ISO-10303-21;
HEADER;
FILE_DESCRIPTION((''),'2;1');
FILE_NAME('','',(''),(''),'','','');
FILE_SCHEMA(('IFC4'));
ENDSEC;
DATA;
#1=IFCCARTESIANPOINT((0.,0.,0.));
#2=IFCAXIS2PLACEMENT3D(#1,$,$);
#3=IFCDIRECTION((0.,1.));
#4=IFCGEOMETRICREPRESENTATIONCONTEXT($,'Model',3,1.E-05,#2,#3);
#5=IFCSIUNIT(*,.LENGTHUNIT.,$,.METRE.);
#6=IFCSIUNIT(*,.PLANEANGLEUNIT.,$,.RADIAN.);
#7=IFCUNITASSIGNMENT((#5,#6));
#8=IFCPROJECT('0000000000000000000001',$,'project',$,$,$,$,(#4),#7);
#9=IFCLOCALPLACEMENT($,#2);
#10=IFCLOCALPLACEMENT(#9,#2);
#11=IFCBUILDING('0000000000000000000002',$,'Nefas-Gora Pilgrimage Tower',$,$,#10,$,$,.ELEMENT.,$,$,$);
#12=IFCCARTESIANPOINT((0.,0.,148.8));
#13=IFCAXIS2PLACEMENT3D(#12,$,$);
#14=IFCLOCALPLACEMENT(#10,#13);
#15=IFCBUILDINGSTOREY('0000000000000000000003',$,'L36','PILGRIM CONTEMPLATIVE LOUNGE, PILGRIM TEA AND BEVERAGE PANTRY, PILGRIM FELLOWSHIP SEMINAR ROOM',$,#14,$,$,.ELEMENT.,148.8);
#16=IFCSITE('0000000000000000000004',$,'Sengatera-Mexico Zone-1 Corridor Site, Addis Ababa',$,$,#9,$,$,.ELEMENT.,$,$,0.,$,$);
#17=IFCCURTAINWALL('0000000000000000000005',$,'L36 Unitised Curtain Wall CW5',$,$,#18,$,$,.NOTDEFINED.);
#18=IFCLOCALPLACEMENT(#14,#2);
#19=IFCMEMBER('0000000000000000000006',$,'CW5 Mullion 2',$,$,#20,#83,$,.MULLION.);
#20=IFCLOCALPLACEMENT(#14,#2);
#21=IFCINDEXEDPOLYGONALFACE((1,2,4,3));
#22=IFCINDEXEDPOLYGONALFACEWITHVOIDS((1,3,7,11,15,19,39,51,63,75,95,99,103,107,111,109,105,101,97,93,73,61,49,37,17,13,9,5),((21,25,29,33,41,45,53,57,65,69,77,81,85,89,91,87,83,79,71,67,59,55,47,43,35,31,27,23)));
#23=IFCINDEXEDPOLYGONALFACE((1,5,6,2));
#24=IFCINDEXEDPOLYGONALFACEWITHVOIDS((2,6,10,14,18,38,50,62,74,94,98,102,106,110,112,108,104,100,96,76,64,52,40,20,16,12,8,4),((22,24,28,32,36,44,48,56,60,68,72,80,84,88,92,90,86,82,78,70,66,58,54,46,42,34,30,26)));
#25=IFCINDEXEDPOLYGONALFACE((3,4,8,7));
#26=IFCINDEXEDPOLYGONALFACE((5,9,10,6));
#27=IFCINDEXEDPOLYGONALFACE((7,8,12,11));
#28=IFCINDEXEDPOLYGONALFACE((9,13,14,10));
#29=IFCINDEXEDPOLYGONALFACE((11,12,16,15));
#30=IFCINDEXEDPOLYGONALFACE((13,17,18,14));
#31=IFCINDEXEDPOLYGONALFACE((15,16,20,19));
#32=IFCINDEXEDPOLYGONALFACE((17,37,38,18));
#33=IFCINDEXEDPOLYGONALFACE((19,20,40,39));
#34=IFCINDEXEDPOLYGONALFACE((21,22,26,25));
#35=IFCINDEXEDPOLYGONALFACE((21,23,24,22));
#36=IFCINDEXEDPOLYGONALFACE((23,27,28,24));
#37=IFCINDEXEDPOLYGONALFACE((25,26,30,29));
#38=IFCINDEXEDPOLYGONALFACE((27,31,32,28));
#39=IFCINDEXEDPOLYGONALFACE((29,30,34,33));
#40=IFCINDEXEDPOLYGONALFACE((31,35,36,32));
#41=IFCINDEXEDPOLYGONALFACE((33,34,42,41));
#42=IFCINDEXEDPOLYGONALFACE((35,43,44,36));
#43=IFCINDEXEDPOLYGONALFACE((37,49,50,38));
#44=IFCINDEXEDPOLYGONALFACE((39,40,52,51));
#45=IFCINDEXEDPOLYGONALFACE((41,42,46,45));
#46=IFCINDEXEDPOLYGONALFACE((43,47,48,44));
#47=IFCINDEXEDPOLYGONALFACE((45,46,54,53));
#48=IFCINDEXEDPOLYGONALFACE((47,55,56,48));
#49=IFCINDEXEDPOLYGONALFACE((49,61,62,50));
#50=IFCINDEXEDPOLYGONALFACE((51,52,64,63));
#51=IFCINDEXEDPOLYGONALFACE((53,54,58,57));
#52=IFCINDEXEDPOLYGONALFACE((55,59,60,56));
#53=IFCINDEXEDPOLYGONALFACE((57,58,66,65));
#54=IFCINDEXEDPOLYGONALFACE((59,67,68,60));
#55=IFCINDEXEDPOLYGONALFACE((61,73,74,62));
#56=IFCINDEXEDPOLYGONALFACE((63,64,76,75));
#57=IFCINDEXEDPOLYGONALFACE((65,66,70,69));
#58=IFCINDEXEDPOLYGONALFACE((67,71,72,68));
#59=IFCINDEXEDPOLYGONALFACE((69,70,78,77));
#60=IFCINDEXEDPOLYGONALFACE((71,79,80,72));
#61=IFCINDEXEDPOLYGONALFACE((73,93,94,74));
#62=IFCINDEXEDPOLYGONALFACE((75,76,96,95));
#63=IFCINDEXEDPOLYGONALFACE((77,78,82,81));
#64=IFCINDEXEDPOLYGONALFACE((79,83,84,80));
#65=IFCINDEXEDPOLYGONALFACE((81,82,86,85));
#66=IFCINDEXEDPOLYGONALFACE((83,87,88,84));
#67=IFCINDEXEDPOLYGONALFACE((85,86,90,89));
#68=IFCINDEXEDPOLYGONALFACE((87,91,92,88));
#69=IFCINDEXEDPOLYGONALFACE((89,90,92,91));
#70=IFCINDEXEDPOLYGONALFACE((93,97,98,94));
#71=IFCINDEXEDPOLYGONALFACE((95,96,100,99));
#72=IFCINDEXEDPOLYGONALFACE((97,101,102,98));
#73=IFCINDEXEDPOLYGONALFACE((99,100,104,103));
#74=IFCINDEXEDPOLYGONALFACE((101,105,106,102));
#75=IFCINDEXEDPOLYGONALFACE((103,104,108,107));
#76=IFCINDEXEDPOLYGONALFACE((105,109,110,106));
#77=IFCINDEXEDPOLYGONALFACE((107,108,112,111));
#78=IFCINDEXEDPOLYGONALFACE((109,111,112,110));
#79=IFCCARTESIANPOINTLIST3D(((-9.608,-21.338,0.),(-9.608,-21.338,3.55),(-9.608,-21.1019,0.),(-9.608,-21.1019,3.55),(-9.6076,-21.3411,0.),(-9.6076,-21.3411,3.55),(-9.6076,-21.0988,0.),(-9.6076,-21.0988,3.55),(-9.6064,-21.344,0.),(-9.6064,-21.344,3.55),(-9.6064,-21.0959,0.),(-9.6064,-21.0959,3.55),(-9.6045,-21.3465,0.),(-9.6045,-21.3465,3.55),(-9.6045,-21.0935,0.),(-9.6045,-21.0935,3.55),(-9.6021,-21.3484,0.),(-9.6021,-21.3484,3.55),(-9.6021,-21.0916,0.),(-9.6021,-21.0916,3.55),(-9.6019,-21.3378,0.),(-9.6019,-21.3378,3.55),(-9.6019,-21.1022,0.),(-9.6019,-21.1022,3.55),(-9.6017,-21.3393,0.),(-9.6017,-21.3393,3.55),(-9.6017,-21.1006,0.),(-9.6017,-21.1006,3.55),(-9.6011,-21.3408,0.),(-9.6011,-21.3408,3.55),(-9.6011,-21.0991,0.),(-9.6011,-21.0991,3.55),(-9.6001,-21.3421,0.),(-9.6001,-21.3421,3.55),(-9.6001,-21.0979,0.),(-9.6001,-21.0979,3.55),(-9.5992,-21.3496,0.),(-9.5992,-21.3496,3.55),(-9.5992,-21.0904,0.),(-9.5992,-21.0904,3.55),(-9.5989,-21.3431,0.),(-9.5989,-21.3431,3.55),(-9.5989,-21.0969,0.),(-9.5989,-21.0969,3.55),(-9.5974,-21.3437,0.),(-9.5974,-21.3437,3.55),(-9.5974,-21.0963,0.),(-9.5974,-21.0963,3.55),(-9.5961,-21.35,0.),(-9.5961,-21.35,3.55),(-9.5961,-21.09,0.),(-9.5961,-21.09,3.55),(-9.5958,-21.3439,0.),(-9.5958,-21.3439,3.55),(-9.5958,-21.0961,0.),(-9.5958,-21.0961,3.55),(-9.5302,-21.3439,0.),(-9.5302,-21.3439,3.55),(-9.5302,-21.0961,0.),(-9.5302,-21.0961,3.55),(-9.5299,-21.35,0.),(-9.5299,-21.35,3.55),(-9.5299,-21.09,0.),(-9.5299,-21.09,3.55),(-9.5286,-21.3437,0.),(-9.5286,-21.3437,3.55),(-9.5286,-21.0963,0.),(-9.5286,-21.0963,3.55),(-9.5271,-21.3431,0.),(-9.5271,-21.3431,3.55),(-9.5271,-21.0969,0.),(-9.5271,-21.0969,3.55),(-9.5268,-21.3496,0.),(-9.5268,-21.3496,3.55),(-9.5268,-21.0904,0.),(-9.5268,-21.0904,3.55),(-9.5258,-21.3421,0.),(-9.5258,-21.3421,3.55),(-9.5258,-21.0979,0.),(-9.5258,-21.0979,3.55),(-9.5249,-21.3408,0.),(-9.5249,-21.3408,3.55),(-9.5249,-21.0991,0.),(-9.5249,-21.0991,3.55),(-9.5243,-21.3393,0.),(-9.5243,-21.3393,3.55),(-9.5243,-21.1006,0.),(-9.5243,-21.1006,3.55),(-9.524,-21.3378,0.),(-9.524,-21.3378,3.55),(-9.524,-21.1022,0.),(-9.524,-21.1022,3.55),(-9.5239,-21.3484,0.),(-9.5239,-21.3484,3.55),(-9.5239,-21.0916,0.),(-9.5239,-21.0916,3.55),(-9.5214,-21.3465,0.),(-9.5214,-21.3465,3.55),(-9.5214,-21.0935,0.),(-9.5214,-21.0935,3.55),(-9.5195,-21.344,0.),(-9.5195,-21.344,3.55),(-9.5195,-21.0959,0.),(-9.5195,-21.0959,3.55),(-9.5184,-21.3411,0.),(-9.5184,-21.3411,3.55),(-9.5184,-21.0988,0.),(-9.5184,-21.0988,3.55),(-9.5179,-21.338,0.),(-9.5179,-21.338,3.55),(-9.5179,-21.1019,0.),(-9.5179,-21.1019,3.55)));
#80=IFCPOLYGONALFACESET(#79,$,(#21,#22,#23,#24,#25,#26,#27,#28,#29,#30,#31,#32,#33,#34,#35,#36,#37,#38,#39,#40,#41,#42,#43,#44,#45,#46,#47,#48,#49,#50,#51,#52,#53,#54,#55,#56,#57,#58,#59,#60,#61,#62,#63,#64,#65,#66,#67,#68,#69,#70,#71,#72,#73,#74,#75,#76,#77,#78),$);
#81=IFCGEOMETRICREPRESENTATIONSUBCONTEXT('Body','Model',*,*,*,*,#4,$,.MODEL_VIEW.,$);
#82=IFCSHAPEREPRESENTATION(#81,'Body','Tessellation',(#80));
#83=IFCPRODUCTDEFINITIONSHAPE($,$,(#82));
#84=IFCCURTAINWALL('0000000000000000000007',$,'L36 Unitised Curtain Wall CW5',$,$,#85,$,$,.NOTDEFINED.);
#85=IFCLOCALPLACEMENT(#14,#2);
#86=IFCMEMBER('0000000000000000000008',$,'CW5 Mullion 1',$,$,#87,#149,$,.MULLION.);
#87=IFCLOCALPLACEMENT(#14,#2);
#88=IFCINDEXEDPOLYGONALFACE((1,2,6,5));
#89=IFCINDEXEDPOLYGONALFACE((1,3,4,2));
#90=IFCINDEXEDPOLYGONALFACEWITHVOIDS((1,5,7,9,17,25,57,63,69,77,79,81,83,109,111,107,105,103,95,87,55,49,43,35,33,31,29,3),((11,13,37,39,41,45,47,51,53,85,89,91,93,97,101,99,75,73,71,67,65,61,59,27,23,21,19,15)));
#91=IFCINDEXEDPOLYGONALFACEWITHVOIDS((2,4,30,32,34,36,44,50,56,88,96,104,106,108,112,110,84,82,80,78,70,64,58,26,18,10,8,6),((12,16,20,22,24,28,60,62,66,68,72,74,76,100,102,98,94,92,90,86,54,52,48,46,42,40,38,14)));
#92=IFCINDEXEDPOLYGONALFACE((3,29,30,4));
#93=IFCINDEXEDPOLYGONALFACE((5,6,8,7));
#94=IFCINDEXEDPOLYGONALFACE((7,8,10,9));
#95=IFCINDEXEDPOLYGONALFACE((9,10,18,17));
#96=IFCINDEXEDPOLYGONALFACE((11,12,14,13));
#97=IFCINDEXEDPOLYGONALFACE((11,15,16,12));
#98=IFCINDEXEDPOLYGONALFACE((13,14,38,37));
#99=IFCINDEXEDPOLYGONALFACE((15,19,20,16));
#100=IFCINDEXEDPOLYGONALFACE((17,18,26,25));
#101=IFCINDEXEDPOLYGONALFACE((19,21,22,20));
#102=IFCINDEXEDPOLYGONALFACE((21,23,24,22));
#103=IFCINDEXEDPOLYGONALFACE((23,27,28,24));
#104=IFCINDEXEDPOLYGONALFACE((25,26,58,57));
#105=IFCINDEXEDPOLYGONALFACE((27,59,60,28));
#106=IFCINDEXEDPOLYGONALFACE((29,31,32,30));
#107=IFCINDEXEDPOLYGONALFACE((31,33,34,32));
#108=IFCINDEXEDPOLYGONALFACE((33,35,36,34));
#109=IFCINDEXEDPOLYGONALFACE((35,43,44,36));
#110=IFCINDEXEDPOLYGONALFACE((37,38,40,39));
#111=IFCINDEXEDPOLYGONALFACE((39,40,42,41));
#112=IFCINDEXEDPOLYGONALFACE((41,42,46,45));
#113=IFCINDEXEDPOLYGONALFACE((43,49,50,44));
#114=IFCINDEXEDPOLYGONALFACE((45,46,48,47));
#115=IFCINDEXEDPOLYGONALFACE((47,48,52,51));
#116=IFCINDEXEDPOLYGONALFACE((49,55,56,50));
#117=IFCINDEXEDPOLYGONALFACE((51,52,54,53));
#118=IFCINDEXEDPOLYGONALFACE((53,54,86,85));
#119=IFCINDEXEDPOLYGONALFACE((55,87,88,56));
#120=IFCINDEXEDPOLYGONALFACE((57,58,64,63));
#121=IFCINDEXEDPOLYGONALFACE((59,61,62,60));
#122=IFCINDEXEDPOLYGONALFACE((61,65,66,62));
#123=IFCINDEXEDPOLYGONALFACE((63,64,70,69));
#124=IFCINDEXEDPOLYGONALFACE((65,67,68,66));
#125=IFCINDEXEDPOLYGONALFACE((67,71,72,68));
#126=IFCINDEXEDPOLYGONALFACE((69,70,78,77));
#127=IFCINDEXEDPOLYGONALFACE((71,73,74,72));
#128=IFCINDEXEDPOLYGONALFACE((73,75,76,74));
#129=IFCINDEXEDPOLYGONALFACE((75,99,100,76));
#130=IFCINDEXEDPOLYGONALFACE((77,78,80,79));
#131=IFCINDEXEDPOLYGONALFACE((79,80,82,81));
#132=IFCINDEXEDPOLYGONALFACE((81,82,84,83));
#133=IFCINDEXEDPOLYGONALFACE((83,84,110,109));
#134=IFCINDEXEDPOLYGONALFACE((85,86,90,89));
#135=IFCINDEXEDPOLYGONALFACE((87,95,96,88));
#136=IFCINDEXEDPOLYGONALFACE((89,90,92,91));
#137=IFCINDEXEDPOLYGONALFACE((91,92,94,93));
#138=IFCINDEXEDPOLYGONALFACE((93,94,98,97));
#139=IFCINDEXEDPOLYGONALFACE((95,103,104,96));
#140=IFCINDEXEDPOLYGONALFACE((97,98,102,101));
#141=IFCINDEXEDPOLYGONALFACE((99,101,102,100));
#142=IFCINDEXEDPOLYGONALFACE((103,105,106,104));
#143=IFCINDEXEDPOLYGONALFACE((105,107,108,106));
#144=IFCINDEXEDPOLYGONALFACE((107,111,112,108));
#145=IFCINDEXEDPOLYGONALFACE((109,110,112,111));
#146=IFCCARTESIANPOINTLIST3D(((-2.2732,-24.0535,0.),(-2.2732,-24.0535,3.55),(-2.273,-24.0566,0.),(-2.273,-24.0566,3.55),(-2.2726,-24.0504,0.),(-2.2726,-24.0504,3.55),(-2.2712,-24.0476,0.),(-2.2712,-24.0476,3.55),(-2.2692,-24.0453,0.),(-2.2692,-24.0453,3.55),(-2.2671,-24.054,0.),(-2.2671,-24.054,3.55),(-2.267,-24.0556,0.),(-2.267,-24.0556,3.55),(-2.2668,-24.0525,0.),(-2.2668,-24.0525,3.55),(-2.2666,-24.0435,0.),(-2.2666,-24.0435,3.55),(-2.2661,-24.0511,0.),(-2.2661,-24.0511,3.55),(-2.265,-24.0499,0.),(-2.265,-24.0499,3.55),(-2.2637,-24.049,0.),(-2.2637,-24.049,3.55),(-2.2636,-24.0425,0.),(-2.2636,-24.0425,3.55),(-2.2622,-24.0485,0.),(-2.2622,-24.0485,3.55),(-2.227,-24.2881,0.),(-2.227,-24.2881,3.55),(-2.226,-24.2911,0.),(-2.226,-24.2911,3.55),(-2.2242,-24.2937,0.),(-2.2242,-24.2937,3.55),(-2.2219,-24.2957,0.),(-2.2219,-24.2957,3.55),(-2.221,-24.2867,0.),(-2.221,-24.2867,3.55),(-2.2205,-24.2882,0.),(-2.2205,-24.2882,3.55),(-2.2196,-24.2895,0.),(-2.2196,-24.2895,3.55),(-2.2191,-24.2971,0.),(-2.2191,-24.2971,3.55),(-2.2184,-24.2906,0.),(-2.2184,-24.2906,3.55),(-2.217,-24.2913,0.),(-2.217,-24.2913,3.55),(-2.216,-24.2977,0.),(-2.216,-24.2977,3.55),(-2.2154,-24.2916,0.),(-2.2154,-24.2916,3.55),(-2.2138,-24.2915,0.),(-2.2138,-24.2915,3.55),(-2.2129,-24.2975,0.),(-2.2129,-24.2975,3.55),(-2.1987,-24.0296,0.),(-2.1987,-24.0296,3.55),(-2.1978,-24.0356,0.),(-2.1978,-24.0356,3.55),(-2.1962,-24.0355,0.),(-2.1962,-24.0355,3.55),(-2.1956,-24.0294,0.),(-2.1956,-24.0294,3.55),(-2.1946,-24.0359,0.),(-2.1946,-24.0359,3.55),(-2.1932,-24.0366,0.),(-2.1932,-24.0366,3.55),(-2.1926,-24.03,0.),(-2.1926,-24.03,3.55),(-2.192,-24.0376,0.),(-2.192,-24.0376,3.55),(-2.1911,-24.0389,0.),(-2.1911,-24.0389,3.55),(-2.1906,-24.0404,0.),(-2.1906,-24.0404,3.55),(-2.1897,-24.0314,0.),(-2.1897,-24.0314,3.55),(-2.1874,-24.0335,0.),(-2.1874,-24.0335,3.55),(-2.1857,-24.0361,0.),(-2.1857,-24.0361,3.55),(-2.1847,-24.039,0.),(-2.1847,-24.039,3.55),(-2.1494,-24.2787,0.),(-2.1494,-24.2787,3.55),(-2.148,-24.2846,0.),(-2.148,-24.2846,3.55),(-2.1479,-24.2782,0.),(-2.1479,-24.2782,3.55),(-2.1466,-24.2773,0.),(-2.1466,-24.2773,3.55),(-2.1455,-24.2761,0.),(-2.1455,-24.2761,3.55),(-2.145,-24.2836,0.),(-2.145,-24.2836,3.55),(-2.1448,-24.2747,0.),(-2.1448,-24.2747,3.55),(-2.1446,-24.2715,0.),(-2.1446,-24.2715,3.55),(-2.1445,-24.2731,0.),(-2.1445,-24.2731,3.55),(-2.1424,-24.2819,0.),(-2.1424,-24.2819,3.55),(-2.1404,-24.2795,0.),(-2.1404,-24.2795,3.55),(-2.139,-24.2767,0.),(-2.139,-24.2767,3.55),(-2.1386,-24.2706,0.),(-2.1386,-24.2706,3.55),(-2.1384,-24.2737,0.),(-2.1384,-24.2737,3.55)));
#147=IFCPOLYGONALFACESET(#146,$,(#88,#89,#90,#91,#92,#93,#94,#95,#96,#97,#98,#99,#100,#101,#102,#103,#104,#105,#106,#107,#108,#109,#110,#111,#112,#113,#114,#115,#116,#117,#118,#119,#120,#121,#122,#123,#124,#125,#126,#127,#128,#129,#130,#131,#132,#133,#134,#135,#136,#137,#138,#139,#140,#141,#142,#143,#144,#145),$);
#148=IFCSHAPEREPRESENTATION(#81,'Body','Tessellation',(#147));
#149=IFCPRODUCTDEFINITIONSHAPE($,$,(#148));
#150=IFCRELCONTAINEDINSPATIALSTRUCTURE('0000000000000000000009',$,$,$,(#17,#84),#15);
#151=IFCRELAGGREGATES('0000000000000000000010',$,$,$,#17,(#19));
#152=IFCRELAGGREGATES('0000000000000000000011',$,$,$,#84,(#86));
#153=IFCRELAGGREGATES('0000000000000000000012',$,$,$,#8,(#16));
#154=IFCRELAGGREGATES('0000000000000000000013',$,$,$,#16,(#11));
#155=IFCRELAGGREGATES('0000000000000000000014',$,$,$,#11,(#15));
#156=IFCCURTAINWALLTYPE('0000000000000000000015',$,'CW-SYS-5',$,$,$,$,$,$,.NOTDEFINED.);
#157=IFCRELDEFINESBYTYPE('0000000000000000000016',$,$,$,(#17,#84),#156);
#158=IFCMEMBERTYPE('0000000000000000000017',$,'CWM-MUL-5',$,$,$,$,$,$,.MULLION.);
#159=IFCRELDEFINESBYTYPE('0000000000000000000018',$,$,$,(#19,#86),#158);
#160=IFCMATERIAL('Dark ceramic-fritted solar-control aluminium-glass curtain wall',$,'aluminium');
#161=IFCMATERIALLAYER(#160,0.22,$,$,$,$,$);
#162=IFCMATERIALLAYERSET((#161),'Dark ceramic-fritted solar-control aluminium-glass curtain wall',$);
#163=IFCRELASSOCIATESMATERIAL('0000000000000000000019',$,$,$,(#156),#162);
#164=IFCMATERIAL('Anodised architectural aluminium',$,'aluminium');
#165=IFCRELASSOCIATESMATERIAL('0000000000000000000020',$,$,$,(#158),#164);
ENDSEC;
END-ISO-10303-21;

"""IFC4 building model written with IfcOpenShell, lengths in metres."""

from ifc_helpers import new_model, si_unit, direction, frame, origin, origin_2d, place, context, subcontext, project, spatial, hollow_rectangle, extrude, source, transform, mapped, material, layer, layer_set, material_profile, profile_set, type_object, element, aggregate, save


model = new_model("IFC4")

# Units and contexts
model_context = context("Model", 3, precision=1e-05, world=origin(), true_north=direction((0.0, 1.0)))
body_context = subcontext(model_context, "Body", "Model", "MODEL_VIEW")
ifc_project = project(units=[si_unit("LENGTHUNIT", "METRE"), si_unit("PLANEANGLEUNIT", "RADIAN")], contexts=[model_context])

# Site, building, storey
site_placement = place(None, origin())
site = spatial("IfcSite", under=ifc_project, at=site_placement, Name="Sengatera-Mexico Zone-1 Corridor Site, Addis Ababa", CompositionType="ELEMENT", RefElevation=0.0)
building_placement = place(site_placement, origin())
building = spatial("IfcBuilding", under=site, at=building_placement, Name="Nefas-Gora Pilgrimage Tower", CompositionType="ELEMENT")
storey_placement = place(building_placement, frame((0.0, 0.0, 148.8)))
storey = spatial("IfcBuildingStorey", under=building, at=storey_placement, Name="L36", Description="PILGRIM CONTEMPLATIVE LOUNGE, PILGRIM TEA AND BEVERAGE PANTRY, PILGRIM FELLOWSHIP SEMINAR ROOM", CompositionType="ELEMENT", Elevation=148.8)

# Curtain wall, member
ifc_material_1 = material(Name="Dark ceramic-fritted solar-control aluminium-glass curtain wall", Category="aluminium")
ifc_layer_1 = layer(ifc_material_1, 0.22)
ifc_layer_set_1 = layer_set([ifc_layer_1], Name="Dark ceramic-fritted solar-control aluminium-glass curtain wall")
curtain_wall_type = type_object("IfcCurtainWallType", Name="CW-SYS-5", PredefinedType="NOTDEFINED", material=ifc_layer_set_1)
curtain_wall_1_placement = place(storey_placement, origin())
curtain_wall_1 = element("IfcCurtainWall", 1, at=curtain_wall_1_placement, inside=storey, type_object=curtain_wall_type, Name="L36 Unitised Curtain Wall CW5", PredefinedType="NOTDEFINED")
ifc_material_2 = material(Name="Anodised architectural aluminium", Category="aluminium")
ifc_material_profile_1 = material_profile(ifc_material_2, hollow_rectangle(XDim=0.0901, YDim=0.26, WallThickness=0.0061, InnerFilletRadius=0.0061, OuterFilletRadius=0.012, at=origin_2d()), Name="ALU MULLION 90x260")
ifc_profile_set_1 = profile_set([ifc_material_profile_1], Name="Anodised architectural aluminium")
member_type_1 = type_object("IfcMemberType", Name="CWM-MUL-5", PredefinedType="MULLION", material=ifc_profile_set_1)
shared_shape_1 = source(origin(), body_context, "Body", "SweptSolid", [
    extrude(hollow_rectangle(XDim=0.0901, YDim=0.26, WallThickness=0.0061, InnerFilletRadius=0.0061, OuterFilletRadius=0.012, at=origin_2d()), origin(), (0.0, 0.0, 1.0), 3.55),
])
member_1_placement = place(storey_placement, frame((-9.563, -21.22, 0.0), z_axis=(0.0, 0.0, 1.0), x_axis=(1.0, 0.0, 0.0)))
member_1 = element("IfcMember", 2, at=member_1_placement, type_object=member_type_1, Name="CW5 Mullion 2", PredefinedType="MULLION", context=body_context, shape_type="MappedRepresentation", body=[
    mapped(shared_shape_1, transform((0.0, 0.0, 0.0), x_axis=(1.0, 0.0, 0.0), y_axis=(0.0, 1.0, 0.0), z_axis=(0.0, 0.0, 1.0), scale=1.0)),
])
aggregate(curtain_wall_1, [member_1])

# Curtain wall, member
curtain_wall_2_placement = place(storey_placement, origin())
curtain_wall_2 = element("IfcCurtainWall", 3, at=curtain_wall_2_placement, inside=storey, type_object=curtain_wall_type, Name="L36 Unitised Curtain Wall CW5", PredefinedType="NOTDEFINED")
member_2_placement = place(storey_placement, frame((-2.2058, -24.1636, 0.0), z_axis=(0.0, 0.0, 1.0), x_axis=(0.980783, 0.195102, 0.0)))
member_2 = element("IfcMember", 4, at=member_2_placement, type_object=member_type_1, Name="CW5 Mullion 1", PredefinedType="MULLION", context=body_context, shape_type="MappedRepresentation", body=[
    mapped(shared_shape_1, transform((0.0, 0.0, 0.0), x_axis=(1.0, 0.0, 0.0), y_axis=(0.0, 1.0, 0.0), z_axis=(0.0, 0.0, 1.0), scale=1.0)),
])
aggregate(curtain_wall_2, [member_2])

save(model, "model.ifc")
